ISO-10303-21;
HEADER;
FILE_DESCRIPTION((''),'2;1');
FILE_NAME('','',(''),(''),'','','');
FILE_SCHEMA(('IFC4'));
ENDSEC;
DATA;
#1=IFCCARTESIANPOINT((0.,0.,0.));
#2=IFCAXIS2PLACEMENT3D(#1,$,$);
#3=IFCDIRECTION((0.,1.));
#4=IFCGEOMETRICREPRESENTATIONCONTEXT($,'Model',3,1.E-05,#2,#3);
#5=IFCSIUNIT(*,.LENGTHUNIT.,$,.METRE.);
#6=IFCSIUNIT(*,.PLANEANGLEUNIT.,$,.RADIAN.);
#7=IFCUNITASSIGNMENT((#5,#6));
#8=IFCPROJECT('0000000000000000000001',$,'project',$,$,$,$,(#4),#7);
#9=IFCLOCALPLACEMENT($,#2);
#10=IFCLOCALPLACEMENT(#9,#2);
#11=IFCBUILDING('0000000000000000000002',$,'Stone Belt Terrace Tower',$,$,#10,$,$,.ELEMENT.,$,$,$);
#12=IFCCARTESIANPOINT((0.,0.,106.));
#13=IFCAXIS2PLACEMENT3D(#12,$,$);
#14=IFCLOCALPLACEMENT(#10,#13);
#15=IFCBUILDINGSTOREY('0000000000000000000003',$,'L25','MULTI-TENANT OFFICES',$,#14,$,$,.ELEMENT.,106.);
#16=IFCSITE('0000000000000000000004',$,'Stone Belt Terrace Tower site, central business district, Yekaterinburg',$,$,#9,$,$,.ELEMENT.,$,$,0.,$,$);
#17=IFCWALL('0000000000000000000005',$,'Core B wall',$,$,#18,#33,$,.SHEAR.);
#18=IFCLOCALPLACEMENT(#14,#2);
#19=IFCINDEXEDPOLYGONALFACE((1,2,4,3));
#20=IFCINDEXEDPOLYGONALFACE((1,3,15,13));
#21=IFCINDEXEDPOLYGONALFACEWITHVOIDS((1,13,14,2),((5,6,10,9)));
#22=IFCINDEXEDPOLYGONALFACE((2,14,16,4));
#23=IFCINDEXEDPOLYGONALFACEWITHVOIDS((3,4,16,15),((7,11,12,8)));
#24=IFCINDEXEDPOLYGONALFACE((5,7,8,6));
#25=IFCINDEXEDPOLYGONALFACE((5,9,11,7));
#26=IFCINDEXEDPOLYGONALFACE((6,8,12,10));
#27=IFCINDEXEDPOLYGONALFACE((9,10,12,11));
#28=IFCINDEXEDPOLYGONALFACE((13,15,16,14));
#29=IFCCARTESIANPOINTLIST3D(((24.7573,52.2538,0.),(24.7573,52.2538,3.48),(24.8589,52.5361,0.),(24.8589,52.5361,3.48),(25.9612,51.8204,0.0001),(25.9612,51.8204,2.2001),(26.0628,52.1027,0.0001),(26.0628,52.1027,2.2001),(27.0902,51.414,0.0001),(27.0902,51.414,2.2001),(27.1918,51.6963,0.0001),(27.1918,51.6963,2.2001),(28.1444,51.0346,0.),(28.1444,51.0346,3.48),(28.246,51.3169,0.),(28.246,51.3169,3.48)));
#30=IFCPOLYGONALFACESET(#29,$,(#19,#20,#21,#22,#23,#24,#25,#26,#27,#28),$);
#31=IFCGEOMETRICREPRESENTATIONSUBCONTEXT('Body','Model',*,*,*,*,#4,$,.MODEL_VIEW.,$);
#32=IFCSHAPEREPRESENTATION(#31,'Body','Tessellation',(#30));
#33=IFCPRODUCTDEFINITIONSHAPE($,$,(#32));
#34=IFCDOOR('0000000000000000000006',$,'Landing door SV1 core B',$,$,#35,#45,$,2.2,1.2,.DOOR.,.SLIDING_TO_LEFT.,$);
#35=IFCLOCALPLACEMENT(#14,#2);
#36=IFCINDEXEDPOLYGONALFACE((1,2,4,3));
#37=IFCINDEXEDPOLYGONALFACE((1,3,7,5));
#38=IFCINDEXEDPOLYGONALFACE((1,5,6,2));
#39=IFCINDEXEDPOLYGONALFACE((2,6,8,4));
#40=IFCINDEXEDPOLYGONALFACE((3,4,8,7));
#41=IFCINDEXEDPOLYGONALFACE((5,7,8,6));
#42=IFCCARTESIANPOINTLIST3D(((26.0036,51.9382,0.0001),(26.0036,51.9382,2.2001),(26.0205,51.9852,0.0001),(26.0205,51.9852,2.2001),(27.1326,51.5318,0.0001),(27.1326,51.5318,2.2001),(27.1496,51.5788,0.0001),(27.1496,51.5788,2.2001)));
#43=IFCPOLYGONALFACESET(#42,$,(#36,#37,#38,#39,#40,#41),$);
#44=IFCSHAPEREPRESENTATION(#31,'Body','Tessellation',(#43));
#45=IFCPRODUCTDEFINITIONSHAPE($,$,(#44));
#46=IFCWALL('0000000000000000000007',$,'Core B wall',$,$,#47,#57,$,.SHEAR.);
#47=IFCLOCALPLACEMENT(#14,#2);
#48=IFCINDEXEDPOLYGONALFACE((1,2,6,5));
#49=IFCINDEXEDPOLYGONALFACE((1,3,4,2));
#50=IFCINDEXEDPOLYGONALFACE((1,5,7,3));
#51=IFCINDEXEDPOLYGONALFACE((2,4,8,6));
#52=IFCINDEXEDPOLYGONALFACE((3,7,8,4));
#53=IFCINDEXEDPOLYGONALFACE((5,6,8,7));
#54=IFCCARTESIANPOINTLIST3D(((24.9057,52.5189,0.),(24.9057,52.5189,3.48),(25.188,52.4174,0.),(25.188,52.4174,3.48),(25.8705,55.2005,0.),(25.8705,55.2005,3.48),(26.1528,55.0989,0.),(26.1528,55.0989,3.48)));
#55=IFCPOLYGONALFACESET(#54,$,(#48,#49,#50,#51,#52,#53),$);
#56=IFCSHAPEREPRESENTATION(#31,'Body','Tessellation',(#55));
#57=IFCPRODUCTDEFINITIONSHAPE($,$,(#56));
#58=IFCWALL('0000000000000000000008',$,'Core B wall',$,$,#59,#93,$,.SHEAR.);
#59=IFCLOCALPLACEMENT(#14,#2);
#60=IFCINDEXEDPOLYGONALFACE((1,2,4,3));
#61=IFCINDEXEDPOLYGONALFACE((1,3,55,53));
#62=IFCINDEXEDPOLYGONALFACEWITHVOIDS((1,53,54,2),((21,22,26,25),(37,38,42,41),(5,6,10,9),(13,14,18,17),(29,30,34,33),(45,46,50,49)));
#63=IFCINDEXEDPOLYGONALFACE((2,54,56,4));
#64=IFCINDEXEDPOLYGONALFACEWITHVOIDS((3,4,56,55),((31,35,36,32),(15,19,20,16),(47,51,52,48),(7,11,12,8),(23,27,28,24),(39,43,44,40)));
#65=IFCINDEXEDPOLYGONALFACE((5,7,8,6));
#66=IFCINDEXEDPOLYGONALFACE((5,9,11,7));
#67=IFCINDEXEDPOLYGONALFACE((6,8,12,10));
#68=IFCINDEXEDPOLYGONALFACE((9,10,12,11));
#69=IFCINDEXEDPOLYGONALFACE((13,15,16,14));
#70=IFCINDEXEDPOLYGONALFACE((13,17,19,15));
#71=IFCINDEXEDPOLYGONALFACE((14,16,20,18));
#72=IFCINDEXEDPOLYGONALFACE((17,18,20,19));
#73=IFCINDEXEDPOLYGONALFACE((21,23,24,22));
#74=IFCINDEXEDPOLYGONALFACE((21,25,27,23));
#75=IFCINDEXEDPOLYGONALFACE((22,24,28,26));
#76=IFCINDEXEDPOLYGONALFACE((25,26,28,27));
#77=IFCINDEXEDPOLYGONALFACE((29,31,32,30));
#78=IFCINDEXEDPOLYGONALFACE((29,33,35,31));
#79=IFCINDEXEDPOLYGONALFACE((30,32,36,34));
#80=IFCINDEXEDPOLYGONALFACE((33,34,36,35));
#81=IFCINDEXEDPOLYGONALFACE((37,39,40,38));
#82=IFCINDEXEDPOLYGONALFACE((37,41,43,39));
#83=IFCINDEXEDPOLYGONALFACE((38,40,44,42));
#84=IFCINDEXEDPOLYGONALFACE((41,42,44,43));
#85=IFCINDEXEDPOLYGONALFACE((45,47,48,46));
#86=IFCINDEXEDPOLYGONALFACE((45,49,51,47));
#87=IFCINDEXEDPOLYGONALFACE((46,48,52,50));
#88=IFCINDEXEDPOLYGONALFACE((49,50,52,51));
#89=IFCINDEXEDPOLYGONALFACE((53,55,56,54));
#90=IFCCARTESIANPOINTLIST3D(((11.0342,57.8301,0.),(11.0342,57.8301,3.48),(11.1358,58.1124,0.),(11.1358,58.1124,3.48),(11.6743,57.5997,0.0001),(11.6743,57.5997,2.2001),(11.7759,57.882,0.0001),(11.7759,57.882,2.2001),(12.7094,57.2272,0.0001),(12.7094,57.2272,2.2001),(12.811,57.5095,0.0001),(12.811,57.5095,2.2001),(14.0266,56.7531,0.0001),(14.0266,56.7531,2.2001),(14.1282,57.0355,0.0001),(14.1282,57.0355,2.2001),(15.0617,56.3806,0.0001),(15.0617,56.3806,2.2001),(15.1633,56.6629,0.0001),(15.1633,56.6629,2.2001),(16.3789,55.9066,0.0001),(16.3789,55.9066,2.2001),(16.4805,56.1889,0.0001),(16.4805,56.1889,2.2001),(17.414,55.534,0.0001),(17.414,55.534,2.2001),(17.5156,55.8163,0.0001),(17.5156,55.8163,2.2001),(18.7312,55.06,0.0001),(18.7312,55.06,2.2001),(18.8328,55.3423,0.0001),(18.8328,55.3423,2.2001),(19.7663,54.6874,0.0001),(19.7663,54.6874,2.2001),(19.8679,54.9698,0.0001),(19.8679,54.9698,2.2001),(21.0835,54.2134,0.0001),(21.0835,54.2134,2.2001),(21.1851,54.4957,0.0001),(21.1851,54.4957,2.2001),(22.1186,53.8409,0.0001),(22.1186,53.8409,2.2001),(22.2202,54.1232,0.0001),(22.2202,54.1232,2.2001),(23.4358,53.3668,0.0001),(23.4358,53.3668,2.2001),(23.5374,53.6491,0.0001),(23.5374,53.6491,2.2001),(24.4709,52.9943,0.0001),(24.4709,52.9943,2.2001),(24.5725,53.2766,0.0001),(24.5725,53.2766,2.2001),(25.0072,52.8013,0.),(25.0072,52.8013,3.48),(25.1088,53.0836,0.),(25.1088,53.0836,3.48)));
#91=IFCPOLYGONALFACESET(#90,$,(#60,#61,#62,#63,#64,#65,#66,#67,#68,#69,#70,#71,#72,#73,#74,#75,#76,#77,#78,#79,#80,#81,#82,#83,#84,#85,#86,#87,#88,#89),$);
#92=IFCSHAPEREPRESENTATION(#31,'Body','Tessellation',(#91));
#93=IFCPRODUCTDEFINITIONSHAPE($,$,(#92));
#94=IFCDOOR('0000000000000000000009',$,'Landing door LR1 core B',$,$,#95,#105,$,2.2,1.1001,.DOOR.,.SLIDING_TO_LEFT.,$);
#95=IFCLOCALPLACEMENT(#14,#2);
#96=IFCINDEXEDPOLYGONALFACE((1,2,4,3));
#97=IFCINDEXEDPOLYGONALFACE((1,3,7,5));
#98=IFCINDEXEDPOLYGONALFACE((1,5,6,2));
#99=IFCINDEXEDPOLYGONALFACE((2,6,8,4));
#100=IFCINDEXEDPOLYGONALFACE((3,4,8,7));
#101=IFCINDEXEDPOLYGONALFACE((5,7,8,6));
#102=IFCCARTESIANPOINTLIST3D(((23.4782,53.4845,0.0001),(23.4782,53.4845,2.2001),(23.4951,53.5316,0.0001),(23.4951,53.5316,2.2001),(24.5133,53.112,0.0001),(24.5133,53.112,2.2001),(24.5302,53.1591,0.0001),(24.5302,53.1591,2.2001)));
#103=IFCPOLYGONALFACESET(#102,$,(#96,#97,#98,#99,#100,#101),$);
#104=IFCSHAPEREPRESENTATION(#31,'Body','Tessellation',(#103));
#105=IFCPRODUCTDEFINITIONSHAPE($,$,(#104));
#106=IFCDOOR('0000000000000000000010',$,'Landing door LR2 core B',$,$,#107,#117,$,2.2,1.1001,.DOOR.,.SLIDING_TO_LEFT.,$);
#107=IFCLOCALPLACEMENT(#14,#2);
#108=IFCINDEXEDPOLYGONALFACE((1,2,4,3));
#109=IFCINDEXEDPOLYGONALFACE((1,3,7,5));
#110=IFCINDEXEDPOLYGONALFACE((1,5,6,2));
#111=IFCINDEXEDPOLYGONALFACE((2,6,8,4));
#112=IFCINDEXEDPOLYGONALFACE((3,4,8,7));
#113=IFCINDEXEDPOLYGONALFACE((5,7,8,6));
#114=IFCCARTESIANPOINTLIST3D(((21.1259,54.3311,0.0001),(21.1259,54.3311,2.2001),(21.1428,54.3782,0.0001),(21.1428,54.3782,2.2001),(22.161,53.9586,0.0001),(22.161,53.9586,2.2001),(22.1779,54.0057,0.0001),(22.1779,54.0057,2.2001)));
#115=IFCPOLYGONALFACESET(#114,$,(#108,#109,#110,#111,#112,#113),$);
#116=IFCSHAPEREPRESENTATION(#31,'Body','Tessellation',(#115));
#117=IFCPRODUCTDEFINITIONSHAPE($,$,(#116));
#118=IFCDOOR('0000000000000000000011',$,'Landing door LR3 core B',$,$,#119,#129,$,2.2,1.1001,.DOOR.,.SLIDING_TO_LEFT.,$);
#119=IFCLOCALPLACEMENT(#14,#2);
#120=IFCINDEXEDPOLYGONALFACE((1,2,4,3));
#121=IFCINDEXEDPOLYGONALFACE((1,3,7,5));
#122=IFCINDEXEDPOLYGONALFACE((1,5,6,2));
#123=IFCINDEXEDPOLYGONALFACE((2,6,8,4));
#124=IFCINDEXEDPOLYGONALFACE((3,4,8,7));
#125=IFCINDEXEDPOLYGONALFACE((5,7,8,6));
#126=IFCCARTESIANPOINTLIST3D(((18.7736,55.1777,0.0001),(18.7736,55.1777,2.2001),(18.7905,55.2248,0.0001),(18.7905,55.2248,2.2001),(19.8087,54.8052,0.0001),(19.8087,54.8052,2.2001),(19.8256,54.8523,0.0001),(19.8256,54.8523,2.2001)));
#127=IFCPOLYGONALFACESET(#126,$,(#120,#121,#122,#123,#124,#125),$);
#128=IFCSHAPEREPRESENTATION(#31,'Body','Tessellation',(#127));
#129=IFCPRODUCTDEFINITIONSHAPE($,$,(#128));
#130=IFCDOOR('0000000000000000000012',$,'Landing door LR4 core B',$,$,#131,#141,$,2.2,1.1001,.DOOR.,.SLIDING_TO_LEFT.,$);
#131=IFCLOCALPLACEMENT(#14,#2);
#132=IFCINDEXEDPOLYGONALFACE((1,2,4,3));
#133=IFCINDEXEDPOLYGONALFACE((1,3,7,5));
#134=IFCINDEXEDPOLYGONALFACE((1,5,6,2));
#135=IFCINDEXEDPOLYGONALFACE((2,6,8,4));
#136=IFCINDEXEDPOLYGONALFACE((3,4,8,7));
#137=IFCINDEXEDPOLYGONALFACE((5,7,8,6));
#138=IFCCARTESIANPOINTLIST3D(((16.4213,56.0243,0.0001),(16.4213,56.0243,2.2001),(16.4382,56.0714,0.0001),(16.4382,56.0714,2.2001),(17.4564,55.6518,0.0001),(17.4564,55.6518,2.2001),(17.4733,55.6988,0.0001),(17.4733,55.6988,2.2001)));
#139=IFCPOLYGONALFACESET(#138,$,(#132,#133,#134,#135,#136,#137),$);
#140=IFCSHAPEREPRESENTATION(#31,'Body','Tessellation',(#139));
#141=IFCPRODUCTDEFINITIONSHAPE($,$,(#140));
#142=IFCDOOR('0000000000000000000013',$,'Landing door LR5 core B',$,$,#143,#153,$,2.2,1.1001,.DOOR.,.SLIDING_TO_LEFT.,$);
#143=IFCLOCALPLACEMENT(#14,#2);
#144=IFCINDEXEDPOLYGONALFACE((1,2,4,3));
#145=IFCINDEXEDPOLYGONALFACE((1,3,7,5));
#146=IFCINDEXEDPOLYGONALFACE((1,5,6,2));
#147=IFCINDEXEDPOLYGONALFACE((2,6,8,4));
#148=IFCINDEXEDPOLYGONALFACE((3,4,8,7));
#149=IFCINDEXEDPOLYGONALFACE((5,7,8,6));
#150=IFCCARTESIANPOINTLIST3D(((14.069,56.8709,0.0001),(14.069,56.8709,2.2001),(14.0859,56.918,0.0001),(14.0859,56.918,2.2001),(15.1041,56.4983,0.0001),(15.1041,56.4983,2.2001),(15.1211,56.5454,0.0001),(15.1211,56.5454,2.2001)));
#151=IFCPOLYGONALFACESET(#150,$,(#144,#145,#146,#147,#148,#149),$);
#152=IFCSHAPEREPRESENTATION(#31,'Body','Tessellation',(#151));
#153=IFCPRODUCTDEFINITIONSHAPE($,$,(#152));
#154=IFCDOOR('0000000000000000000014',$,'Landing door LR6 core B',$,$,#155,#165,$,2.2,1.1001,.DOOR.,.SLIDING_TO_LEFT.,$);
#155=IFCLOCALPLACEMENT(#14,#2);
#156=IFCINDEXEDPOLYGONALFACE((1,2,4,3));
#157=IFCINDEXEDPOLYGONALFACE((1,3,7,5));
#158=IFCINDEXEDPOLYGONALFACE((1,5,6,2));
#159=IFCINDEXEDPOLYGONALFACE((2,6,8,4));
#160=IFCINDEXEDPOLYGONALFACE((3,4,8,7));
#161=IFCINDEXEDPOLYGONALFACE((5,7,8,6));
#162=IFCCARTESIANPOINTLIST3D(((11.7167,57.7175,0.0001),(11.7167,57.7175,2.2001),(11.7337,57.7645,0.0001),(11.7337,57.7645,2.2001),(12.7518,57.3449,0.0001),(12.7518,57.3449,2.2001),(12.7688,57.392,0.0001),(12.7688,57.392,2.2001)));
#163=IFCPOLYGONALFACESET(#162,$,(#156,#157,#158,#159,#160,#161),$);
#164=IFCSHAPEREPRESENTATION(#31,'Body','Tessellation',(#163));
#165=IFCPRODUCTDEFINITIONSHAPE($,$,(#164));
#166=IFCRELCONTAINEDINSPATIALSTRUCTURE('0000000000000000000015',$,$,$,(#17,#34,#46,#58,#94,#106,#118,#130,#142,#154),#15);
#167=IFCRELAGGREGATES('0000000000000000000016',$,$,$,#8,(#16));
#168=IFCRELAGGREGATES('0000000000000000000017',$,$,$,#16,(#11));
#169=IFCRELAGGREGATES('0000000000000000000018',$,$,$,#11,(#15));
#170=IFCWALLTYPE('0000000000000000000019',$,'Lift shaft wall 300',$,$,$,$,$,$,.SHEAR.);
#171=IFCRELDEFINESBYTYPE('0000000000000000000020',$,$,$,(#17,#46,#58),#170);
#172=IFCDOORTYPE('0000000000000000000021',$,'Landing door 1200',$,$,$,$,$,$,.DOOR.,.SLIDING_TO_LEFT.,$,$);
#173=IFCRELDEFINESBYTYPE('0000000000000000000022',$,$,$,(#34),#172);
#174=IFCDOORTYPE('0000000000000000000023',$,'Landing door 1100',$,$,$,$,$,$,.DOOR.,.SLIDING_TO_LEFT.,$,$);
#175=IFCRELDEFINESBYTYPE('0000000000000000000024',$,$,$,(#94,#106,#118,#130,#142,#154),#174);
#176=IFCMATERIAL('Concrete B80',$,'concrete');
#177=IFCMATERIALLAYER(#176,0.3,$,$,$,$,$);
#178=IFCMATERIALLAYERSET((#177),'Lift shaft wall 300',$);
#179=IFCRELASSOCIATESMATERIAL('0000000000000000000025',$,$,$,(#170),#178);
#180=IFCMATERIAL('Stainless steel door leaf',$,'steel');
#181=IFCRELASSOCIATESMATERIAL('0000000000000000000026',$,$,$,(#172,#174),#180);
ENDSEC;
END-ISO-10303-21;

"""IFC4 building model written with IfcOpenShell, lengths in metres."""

from ifc_helpers import new_model, si_unit, direction, frame, frame_2d, origin, place, context, subcontext, project, spatial, rectangle, extrude, material, layer, layer_set, type_object, element, fill, save


model = new_model("IFC4")

# Units and contexts
model_context = context("Model", 3, precision=1e-05, world=origin(), true_north=direction((0.0, 1.0)))
body_context = subcontext(model_context, "Body", "Model", "MODEL_VIEW")
ifc_project = project(units=[si_unit("LENGTHUNIT", "METRE"), si_unit("PLANEANGLEUNIT", "RADIAN")], contexts=[model_context])

# Site, building, storey
site_placement = place(None, origin())
site = spatial("IfcSite", under=ifc_project, at=site_placement, Name="Stone Belt Terrace Tower site, central business district, Yekaterinburg", CompositionType="ELEMENT", RefElevation=0.0)
building_placement = place(site_placement, origin())
building = spatial("IfcBuilding", under=site, at=building_placement, Name="Stone Belt Terrace Tower", CompositionType="ELEMENT")
storey_placement = place(building_placement, frame((0.0, 0.0, 106.0)))
storey = spatial("IfcBuildingStorey", under=building, at=storey_placement, Name="L25", Description="MULTI-TENANT OFFICES", CompositionType="ELEMENT", Elevation=106.0)

# Shared definitions
ifc_material_1 = material(Name="Concrete B80", Category="concrete")

# Wall, opening, door
ifc_layer_1 = layer(ifc_material_1, 0.3)
ifc_layer_set_1 = layer_set([ifc_layer_1], Name="Lift shaft wall 300")
wall_type_1 = type_object("IfcWallType", Name="Lift shaft wall 300", PredefinedType="SHEAR", material=ifc_layer_set_1)
wall_1_placement = place(storey_placement, frame((28.1951, 51.1758, 0.0), z_axis=(0.0, 0.0, 1.0), x_axis=(-0.940901, 0.338681, 0.0)))
wall_1 = element("IfcWall", 1, at=wall_1_placement, inside=storey, type_object=wall_type_1, Name="Core B wall", PredefinedType="SHEAR", context=body_context, shape_type="SweptSolid", body=[
    extrude(rectangle(XDim=3.5999, YDim=0.3, at=frame_2d((1.7998, 0.0))), origin(), (0.0, 0.0, 1.0), 3.48),
])
opening_1_placement = place(wall_1_placement, frame((1.1201, 0.0, 0.0)))
opening_1 = element("IfcOpeningElement", 2, at=opening_1_placement, cuts=wall_1, PredefinedType="OPENING", context=body_context, shape_type="SweptSolid", body=[
    extrude(rectangle(XDim=1.2, YDim=2.2, at=frame_2d((0.6001, 1.1001))), frame((0.0, 0.1599, 0.0), z_axis=(0.0, -1.0, 0.0), x_axis=(1.0, 0.0, 0.0)), (0.0, 0.0, 1.0), 0.3201),
])
ifc_material_2 = material(Name="Stainless steel door leaf", Category="steel")
door_type_1 = type_object("IfcDoorType", Name="Landing door 1200", OperationType="SLIDING_TO_LEFT", PredefinedType="DOOR", material=ifc_material_2)
door_1_placement = place(opening_1_placement, origin())
door_1 = element("IfcDoor", 3, at=door_1_placement, inside=storey, type_object=door_type_1, Name="Landing door SV1 core B", OperationType="SLIDING_TO_LEFT", OverallHeight=2.2, OverallWidth=1.2, PredefinedType="DOOR", context=body_context, shape_type="SweptSolid", body=[
    extrude(rectangle(XDim=1.2, YDim=2.2, at=frame_2d((0.6001, 1.1001))), frame((0.0, 0.0249, 0.0), z_axis=(0.0, -1.0, 0.0), x_axis=(1.0, 0.0, 0.0)), (0.0, 0.0, 1.0), 0.05),
])
fill(opening_1, door_1)

# Wall
wall_2_placement = place(storey_placement, frame((25.0469, 52.4683, 0.0), z_axis=(0.0, 0.0, 1.0), x_axis=(0.33855, 0.940949, 0.0)))
element("IfcWall", 4, at=wall_2_placement, inside=storey, type_object=wall_type_1, Name="Core B wall", PredefinedType="SHEAR", context=body_context, shape_type="SweptSolid", body=[
    extrude(rectangle(XDim=2.8499, YDim=0.3, at=frame_2d((1.4248, 0.0))), origin(), (0.0, 0.0, 1.0), 3.48),
])

# Wall, openings, doors
wall_3_placement = place(storey_placement, frame((25.0581, 52.9424, 0.0), z_axis=(0.0, 0.0, 1.0), x_axis=(-0.940918, 0.338634, 0.0)))
wall_3 = element("IfcWall", 5, at=wall_3_placement, inside=storey, type_object=wall_type_1, Name="Core B wall", PredefinedType="SHEAR", context=body_context, shape_type="SweptSolid", body=[
    extrude(rectangle(XDim=14.8503, YDim=0.3, at=frame_2d((7.4253, 0.0))), origin(), (0.0, 0.0, 1.0), 3.48),
])
opening_2_placement = place(wall_3_placement, frame((0.5701, 0.0, 0.0)))
opening_2 = element("IfcOpeningElement", 6, at=opening_2_placement, cuts=wall_3, PredefinedType="OPENING", context=body_context, shape_type="SweptSolid", body=[
    extrude(rectangle(XDim=1.1001, YDim=2.2, at=frame_2d((0.55, 1.1001))), frame((0.0, 0.1599, 0.0), z_axis=(0.0, -1.0, 0.0), x_axis=(1.0, 0.0, 0.0)), (0.0, 0.0, 1.0), 0.3201),
])
opening_3_placement = place(wall_3_placement, frame((3.0701, 0.0, 0.0)))
opening_3 = element("IfcOpeningElement", 7, at=opening_3_placement, cuts=wall_3, PredefinedType="OPENING", context=body_context, shape_type="SweptSolid", body=[
    extrude(rectangle(XDim=1.1001, YDim=2.2, at=frame_2d((0.55, 1.1001))), frame((0.0, 0.1599, 0.0), z_axis=(0.0, -1.0, 0.0), x_axis=(1.0, 0.0, 0.0)), (0.0, 0.0, 1.0), 0.3201),
])
opening_4_placement = place(wall_3_placement, frame((5.5701, 0.0, 0.0)))
opening_4 = element("IfcOpeningElement", 8, at=opening_4_placement, cuts=wall_3, PredefinedType="OPENING", context=body_context, shape_type="SweptSolid", body=[
    extrude(rectangle(XDim=1.1001, YDim=2.2, at=frame_2d((0.55, 1.1001))), frame((0.0, 0.1599, 0.0), z_axis=(0.0, -1.0, 0.0), x_axis=(1.0, 0.0, 0.0)), (0.0, 0.0, 1.0), 0.3201),
])
opening_5_placement = place(wall_3_placement, frame((8.0701, 0.0, 0.0)))
opening_5 = element("IfcOpeningElement", 9, at=opening_5_placement, cuts=wall_3, PredefinedType="OPENING", context=body_context, shape_type="SweptSolid", body=[
    extrude(rectangle(XDim=1.1001, YDim=2.2, at=frame_2d((0.55, 1.1001))), frame((0.0, 0.1599, 0.0), z_axis=(0.0, -1.0, 0.0), x_axis=(1.0, 0.0, 0.0)), (0.0, 0.0, 1.0), 0.3201),
])
opening_6_placement = place(wall_3_placement, frame((10.5701, 0.0, 0.0)))
opening_6 = element("IfcOpeningElement", 10, at=opening_6_placement, cuts=wall_3, PredefinedType="OPENING", context=body_context, shape_type="SweptSolid", body=[
    extrude(rectangle(XDim=1.1001, YDim=2.2, at=frame_2d((0.55, 1.1001))), frame((0.0, 0.1599, 0.0), z_axis=(0.0, -1.0, 0.0), x_axis=(1.0, 0.0, 0.0)), (0.0, 0.0, 1.0), 0.3201),
])
opening_7_placement = place(wall_3_placement, frame((13.0701, 0.0, 0.0)))
opening_7 = element("IfcOpeningElement", 11, at=opening_7_placement, cuts=wall_3, PredefinedType="OPENING", context=body_context, shape_type="SweptSolid", body=[
    extrude(rectangle(XDim=1.1001, YDim=2.2, at=frame_2d((0.55, 1.1001))), frame((0.0, 0.1599, 0.0), z_axis=(0.0, -1.0, 0.0), x_axis=(1.0, 0.0, 0.0)), (0.0, 0.0, 1.0), 0.3201),
])
door_type_2 = type_object("IfcDoorType", Name="Landing door 1100", OperationType="SLIDING_TO_LEFT", PredefinedType="DOOR", material=ifc_material_2)
door_2_placement = place(opening_2_placement, origin())
door_2 = element("IfcDoor", 12, at=door_2_placement, inside=storey, type_object=door_type_2, Name="Landing door LR1 core B", OperationType="SLIDING_TO_LEFT", OverallHeight=2.2, OverallWidth=1.1001, PredefinedType="DOOR", context=body_context, shape_type="SweptSolid", body=[
    extrude(rectangle(XDim=1.1001, YDim=2.2, at=frame_2d((0.55, 1.1001))), frame((0.0, 0.0249, 0.0), z_axis=(0.0, -1.0, 0.0), x_axis=(1.0, 0.0, 0.0)), (0.0, 0.0, 1.0), 0.05),
])
fill(opening_2, door_2)
door_3_placement = place(opening_3_placement, origin())
door_3 = element("IfcDoor", 13, at=door_3_placement, inside=storey, type_object=door_type_2, Name="Landing door LR2 core B", OperationType="SLIDING_TO_LEFT", OverallHeight=2.2, OverallWidth=1.1001, PredefinedType="DOOR", context=body_context, shape_type="SweptSolid", body=[
    extrude(rectangle(XDim=1.1001, YDim=2.2, at=frame_2d((0.55, 1.1001))), frame((0.0, 0.0249, 0.0), z_axis=(0.0, -1.0, 0.0), x_axis=(1.0, 0.0, 0.0)), (0.0, 0.0, 1.0), 0.05),
])
fill(opening_3, door_3)
door_4_placement = place(opening_4_placement, origin())
door_4 = element("IfcDoor", 14, at=door_4_placement, inside=storey, type_object=door_type_2, Name="Landing door LR3 core B", OperationType="SLIDING_TO_LEFT", OverallHeight=2.2, OverallWidth=1.1001, PredefinedType="DOOR", context=body_context, shape_type="SweptSolid", body=[
    extrude(rectangle(XDim=1.1001, YDim=2.2, at=frame_2d((0.55, 1.1001))), frame((0.0, 0.0249, 0.0), z_axis=(0.0, -1.0, 0.0), x_axis=(1.0, 0.0, 0.0)), (0.0, 0.0, 1.0), 0.05),
])
fill(opening_4, door_4)
door_5_placement = place(opening_5_placement, origin())
door_5 = element("IfcDoor", 15, at=door_5_placement, inside=storey, type_object=door_type_2, Name="Landing door LR4 core B", OperationType="SLIDING_TO_LEFT", OverallHeight=2.2, OverallWidth=1.1001, PredefinedType="DOOR", context=body_context, shape_type="SweptSolid", body=[
    extrude(rectangle(XDim=1.1001, YDim=2.2, at=frame_2d((0.55, 1.1001))), frame((0.0, 0.0249, 0.0), z_axis=(0.0, -1.0, 0.0), x_axis=(1.0, 0.0, 0.0)), (0.0, 0.0, 1.0), 0.05),
])
fill(opening_5, door_5)
door_6_placement = place(opening_6_placement, origin())
door_6 = element("IfcDoor", 16, at=door_6_placement, inside=storey, type_object=door_type_2, Name="Landing door LR5 core B", OperationType="SLIDING_TO_LEFT", OverallHeight=2.2, OverallWidth=1.1001, PredefinedType="DOOR", context=body_context, shape_type="SweptSolid", body=[
    extrude(rectangle(XDim=1.1001, YDim=2.2, at=frame_2d((0.55, 1.1001))), frame((0.0, 0.0249, 0.0), z_axis=(0.0, -1.0, 0.0), x_axis=(1.0, 0.0, 0.0)), (0.0, 0.0, 1.0), 0.05),
])
fill(opening_6, door_6)
door_7_placement = place(opening_7_placement, origin())
door_7 = element("IfcDoor", 17, at=door_7_placement, inside=storey, type_object=door_type_2, Name="Landing door LR6 core B", OperationType="SLIDING_TO_LEFT", OverallHeight=2.2, OverallWidth=1.1001, PredefinedType="DOOR", context=body_context, shape_type="SweptSolid", body=[
    extrude(rectangle(XDim=1.1001, YDim=2.2, at=frame_2d((0.55, 1.1001))), frame((0.0, 0.0249, 0.0), z_axis=(0.0, -1.0, 0.0), x_axis=(1.0, 0.0, 0.0)), (0.0, 0.0, 1.0), 0.05),
])
fill(opening_7, door_7)

save(model, "model.ifc")
